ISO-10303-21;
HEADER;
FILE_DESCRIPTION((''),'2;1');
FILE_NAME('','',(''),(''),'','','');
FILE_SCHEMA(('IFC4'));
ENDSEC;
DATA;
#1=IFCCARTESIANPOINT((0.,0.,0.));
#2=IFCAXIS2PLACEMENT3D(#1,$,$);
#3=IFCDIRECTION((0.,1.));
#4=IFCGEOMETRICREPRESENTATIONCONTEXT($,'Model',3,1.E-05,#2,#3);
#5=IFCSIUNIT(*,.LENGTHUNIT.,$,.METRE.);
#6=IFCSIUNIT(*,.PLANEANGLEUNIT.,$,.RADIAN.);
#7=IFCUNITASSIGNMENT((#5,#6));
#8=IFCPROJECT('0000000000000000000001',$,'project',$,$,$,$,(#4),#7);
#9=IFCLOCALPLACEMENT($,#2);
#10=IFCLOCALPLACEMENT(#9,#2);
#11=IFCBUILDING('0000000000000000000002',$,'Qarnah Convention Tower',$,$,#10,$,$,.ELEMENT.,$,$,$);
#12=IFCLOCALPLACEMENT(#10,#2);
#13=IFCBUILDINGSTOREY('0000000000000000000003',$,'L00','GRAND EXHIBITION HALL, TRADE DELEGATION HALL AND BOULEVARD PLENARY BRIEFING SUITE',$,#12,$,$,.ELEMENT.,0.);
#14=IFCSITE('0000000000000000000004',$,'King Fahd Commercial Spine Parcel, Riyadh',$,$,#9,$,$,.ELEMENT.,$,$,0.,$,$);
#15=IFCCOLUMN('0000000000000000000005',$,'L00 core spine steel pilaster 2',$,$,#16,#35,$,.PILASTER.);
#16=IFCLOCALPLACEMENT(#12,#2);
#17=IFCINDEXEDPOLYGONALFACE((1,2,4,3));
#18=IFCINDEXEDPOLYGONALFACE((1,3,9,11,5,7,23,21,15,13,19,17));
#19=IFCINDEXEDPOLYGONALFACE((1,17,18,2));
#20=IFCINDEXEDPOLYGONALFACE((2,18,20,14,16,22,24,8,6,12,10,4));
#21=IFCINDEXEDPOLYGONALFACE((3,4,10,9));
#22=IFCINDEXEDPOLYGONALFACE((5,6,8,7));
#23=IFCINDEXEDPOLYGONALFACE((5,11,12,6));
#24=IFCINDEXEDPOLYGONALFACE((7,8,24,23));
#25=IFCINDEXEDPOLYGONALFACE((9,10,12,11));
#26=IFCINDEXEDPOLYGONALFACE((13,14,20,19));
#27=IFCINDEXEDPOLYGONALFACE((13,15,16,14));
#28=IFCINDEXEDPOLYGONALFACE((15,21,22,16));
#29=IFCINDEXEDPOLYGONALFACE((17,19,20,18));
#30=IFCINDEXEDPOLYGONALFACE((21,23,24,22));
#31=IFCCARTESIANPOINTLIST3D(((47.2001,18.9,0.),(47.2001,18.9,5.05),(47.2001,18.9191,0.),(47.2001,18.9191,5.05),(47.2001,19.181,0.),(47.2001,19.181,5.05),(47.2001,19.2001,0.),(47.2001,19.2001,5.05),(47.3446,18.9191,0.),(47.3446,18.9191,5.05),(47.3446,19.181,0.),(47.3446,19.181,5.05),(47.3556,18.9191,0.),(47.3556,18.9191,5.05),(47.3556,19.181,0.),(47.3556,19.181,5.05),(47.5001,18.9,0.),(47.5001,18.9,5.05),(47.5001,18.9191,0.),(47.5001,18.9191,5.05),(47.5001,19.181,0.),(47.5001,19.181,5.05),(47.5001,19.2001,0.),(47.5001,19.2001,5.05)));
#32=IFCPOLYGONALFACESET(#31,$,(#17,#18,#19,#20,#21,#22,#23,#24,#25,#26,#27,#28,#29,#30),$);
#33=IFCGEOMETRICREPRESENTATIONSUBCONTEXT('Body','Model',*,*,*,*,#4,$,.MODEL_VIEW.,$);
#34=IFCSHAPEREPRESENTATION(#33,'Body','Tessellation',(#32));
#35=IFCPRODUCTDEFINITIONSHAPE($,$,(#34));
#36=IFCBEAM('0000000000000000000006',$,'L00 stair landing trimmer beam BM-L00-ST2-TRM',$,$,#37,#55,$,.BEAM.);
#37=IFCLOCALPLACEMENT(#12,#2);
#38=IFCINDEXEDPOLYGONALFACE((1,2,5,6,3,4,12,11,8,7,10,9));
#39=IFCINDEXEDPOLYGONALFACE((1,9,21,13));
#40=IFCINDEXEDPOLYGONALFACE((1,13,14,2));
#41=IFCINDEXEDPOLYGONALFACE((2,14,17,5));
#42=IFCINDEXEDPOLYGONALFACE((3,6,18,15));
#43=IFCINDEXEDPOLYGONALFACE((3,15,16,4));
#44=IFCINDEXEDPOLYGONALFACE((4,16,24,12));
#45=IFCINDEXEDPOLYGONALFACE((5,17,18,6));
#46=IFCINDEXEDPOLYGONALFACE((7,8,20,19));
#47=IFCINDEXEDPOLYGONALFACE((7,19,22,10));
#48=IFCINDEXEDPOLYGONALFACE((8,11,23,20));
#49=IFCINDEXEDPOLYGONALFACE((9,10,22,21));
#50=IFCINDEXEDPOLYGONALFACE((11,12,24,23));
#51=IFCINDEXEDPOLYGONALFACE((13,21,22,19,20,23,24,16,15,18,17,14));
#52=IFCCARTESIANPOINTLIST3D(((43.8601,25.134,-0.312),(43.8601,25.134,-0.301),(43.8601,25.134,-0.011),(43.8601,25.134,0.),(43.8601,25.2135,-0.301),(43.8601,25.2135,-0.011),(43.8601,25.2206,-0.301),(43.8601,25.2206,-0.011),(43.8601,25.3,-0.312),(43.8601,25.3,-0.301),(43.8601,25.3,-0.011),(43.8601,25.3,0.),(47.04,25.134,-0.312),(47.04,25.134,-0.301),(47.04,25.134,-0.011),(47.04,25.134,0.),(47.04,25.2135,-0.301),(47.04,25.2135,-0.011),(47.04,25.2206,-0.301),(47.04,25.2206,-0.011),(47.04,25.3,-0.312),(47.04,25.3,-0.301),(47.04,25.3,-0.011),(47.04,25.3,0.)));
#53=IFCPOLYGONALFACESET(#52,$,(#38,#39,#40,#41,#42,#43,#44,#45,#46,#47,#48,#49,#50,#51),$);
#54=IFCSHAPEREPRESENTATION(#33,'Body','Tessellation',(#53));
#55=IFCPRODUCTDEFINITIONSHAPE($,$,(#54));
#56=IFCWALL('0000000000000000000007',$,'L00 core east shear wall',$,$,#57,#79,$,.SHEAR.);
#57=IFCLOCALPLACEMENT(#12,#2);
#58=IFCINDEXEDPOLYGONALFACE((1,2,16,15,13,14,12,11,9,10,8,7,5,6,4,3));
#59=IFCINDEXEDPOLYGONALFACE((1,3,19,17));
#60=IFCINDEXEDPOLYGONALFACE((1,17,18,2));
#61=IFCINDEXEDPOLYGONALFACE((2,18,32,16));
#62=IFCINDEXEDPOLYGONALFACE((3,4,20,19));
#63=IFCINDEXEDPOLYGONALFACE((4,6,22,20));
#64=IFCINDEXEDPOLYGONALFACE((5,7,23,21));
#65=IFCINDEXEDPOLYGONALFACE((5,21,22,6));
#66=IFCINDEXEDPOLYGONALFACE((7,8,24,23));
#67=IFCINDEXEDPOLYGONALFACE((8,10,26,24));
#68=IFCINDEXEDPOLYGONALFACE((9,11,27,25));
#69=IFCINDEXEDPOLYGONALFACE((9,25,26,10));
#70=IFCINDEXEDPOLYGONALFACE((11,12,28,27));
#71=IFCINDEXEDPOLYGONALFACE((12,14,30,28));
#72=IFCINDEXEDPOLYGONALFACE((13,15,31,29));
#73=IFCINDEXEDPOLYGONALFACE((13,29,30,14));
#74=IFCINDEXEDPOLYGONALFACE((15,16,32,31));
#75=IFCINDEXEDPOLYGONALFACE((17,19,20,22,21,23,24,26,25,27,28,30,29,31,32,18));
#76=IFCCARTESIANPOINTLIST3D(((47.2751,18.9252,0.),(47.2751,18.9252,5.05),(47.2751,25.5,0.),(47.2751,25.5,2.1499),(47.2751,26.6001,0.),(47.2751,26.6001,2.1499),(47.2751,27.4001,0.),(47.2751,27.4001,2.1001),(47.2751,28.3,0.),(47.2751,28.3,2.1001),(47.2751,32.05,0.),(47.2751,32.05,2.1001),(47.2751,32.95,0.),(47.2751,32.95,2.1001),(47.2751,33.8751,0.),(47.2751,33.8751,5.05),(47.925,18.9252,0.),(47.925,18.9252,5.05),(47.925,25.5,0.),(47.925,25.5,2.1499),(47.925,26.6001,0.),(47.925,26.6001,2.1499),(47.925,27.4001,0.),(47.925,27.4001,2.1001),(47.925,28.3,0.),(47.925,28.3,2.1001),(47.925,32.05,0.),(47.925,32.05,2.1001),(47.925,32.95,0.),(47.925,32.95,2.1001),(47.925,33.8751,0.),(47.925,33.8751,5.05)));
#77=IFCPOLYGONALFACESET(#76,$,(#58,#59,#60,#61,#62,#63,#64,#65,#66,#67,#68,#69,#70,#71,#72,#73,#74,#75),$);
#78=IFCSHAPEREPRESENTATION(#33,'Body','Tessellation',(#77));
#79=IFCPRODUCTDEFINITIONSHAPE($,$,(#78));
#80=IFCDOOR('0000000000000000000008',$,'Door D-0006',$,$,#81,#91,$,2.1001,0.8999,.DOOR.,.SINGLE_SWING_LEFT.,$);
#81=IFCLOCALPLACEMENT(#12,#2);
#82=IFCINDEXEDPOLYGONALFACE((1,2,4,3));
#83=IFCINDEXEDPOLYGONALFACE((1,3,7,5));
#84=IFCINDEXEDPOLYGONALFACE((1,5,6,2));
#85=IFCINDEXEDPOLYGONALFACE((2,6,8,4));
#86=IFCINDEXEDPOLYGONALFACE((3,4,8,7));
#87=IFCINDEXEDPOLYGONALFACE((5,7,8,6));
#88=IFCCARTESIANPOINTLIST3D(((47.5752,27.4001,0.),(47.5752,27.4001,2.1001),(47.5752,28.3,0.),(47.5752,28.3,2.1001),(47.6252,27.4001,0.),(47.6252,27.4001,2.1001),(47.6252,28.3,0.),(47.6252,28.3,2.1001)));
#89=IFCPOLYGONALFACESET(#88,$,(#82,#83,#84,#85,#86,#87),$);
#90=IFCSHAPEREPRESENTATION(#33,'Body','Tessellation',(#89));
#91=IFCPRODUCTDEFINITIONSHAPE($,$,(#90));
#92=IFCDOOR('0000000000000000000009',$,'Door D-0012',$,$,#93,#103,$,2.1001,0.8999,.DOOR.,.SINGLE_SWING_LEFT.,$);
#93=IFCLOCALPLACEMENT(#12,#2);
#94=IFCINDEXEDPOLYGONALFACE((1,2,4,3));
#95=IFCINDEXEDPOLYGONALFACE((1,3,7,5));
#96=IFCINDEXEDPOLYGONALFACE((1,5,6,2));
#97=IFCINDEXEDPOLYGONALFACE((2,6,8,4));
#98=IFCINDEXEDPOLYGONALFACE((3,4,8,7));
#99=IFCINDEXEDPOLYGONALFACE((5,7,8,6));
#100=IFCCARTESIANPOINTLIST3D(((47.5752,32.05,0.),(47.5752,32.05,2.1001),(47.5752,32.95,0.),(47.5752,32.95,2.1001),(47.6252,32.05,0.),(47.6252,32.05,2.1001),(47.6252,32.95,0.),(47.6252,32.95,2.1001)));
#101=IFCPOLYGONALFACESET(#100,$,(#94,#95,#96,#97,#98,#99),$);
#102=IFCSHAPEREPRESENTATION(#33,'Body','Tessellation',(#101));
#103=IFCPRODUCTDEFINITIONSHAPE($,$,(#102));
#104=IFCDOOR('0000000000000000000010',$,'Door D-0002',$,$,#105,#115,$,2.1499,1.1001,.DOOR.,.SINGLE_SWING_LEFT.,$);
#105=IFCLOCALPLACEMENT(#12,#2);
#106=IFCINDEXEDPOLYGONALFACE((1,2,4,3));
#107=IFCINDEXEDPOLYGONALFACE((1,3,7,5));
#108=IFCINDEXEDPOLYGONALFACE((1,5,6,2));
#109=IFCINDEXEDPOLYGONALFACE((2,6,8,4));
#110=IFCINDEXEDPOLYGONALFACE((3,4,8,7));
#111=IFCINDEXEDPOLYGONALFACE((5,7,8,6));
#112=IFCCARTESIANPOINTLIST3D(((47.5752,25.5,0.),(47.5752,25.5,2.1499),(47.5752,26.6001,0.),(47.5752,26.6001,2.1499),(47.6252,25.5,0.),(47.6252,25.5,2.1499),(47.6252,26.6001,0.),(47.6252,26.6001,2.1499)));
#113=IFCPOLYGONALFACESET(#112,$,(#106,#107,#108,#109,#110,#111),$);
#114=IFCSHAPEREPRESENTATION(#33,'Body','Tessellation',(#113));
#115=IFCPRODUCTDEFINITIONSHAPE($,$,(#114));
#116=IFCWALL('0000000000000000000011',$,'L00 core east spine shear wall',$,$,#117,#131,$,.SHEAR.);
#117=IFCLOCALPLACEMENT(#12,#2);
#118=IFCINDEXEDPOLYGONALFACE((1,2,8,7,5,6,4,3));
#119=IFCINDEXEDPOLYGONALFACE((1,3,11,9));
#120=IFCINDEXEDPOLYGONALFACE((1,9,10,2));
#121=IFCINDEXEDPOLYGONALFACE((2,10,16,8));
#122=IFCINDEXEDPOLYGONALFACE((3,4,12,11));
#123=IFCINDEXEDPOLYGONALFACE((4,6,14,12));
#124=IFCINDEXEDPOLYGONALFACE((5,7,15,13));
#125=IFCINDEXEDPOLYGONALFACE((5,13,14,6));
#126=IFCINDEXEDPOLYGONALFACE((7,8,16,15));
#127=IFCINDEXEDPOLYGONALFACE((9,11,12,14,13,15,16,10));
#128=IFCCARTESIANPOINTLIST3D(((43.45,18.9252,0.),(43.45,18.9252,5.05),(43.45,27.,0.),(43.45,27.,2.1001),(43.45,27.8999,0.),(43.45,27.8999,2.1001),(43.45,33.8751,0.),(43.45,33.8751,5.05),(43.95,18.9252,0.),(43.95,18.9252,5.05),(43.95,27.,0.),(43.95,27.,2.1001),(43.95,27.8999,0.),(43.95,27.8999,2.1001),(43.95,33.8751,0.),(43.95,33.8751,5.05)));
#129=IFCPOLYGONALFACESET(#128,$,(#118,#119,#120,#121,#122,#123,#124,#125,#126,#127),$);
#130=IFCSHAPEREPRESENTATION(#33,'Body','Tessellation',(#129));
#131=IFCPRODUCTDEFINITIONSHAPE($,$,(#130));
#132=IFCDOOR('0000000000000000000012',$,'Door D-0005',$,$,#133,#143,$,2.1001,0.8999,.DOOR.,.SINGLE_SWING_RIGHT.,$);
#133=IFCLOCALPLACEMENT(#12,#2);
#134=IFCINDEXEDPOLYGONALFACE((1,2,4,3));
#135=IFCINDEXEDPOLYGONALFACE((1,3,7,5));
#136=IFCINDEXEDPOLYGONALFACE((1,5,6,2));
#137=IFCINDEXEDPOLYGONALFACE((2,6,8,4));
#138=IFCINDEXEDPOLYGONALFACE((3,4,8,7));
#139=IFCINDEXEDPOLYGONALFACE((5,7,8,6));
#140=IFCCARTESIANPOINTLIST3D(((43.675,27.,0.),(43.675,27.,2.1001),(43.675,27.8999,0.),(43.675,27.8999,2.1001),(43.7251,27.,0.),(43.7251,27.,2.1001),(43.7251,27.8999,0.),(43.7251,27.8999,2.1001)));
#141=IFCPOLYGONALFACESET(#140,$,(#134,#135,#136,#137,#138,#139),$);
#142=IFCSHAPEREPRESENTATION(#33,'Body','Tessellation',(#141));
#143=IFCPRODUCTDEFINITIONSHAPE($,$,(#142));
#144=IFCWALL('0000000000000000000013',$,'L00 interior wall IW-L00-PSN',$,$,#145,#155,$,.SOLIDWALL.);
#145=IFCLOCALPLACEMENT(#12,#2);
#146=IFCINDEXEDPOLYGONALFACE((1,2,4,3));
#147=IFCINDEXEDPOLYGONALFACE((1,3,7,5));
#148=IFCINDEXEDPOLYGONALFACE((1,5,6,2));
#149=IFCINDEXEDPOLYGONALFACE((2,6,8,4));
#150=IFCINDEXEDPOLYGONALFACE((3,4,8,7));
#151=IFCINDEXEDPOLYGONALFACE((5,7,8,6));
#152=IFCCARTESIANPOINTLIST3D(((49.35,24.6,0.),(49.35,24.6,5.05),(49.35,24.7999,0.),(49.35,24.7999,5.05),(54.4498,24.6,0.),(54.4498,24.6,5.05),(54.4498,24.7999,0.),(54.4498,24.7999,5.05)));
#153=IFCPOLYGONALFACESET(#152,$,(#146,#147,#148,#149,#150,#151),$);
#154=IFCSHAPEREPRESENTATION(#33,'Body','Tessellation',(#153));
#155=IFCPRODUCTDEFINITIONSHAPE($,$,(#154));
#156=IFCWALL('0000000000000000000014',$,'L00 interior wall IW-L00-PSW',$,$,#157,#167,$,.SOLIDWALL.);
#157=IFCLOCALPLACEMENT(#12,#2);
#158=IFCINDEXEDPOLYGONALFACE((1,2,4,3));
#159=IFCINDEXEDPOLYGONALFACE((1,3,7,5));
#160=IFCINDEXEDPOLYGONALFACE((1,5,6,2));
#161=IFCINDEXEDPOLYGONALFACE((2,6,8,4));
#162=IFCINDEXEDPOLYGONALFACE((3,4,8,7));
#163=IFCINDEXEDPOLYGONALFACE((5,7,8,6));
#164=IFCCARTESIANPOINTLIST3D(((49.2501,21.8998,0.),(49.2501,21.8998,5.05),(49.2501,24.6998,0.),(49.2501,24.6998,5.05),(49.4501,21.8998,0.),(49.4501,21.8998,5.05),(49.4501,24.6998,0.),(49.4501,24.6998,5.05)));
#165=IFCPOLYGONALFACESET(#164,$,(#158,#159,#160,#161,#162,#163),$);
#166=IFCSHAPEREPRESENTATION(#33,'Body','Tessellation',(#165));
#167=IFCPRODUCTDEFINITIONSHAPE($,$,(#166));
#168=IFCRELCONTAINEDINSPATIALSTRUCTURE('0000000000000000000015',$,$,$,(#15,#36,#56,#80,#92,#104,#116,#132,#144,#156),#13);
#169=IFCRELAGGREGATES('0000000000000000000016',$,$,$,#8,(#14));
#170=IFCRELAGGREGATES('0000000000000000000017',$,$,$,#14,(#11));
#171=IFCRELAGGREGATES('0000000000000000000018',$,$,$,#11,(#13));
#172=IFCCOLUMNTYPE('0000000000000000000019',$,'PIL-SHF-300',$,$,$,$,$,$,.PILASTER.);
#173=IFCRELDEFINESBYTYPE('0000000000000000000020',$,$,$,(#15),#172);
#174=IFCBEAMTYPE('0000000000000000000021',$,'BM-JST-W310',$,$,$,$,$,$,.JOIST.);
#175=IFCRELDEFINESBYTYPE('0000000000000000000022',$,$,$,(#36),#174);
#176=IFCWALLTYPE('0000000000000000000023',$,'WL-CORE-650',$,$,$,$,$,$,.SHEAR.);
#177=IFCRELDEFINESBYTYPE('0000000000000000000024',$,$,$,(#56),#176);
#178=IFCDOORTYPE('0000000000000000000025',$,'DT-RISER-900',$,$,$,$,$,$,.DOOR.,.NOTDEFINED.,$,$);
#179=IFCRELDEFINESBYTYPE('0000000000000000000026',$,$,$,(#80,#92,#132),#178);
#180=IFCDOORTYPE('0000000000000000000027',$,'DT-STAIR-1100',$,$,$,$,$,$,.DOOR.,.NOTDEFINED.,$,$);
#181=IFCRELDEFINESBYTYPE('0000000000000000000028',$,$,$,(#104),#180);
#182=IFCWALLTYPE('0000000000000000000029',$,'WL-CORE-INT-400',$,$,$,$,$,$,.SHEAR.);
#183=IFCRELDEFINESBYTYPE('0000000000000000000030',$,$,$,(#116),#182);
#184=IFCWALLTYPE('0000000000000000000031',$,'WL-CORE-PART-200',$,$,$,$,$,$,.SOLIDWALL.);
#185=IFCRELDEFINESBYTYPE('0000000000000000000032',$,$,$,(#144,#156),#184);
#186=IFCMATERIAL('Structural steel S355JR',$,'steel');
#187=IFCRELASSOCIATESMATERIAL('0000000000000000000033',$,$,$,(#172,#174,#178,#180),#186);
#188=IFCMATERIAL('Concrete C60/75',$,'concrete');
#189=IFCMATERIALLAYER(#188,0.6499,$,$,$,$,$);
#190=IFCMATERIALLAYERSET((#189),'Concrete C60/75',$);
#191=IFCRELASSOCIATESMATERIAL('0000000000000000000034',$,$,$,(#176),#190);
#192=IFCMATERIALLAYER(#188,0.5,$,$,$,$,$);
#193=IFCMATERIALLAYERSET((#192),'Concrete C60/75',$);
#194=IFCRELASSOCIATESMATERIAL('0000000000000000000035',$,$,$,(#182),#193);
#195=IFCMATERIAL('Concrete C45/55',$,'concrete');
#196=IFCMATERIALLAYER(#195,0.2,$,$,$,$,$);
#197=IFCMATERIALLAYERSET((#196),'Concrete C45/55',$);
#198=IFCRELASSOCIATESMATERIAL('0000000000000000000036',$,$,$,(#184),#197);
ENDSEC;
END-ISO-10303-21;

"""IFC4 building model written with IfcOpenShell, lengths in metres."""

from ifc_helpers import new_model, si_unit, direction, frame, frame_2d, origin, origin_2d, place, context, subcontext, project, spatial, rectangle, i_section, extrude, material, layer, layer_set, material_profile, profile_set, type_object, element, fill, save


model = new_model("IFC4")

# Units and contexts
model_context = context("Model", 3, precision=1e-05, world=origin(), true_north=direction((0.0, 1.0)))
body_context = subcontext(model_context, "Body", "Model", "MODEL_VIEW")
ifc_project = project(units=[si_unit("LENGTHUNIT", "METRE"), si_unit("PLANEANGLEUNIT", "RADIAN")], contexts=[model_context])

# Site, building, storey
site_placement = place(None, origin())
site = spatial("IfcSite", under=ifc_project, at=site_placement, Name="King Fahd Commercial Spine Parcel, Riyadh", CompositionType="ELEMENT", RefElevation=0.0)
building_placement = place(site_placement, origin())
building = spatial("IfcBuilding", under=site, at=building_placement, Name="Qarnah Convention Tower", CompositionType="ELEMENT")
storey_placement = place(building_placement, origin())
storey = spatial("IfcBuildingStorey", under=building, at=storey_placement, Name="L00", Description="GRAND EXHIBITION HALL, TRADE DELEGATION HALL AND BOULEVARD PLENARY BRIEFING SUITE", CompositionType="ELEMENT", Elevation=0.0)

# Column
ifc_material_1 = material(Name="Structural steel S355JR", Category="steel")
ifc_material_profile_1 = material_profile(ifc_material_1, i_section(OverallWidth=0.3, OverallDepth=0.3, WebThickness=0.011, FlangeThickness=0.019, at=origin_2d()), Name="HEB300")
ifc_profile_set_1 = profile_set([ifc_material_profile_1], Name="Structural steel S355JR")
column_type = type_object("IfcColumnType", Name="PIL-SHF-300", PredefinedType="PILASTER", material=ifc_profile_set_1)
column_placement = place(storey_placement, frame((47.3501, 19.05, 0.0), z_axis=(0.0, 0.0, 1.0), x_axis=(1.0, 0.0, 0.0)))
element("IfcColumn", 1, at=column_placement, inside=storey, type_object=column_type, Name="L00 core spine steel pilaster 2", PredefinedType="PILASTER", context=body_context, shape_type="SweptSolid", body=[
    extrude(i_section(OverallWidth=0.3, OverallDepth=0.3, WebThickness=0.011, FlangeThickness=0.019, at=origin_2d()), origin(), (0.0, 0.0, 1.0), 5.05),
])

# Beam
ifc_material_profile_2 = material_profile(ifc_material_1, i_section(OverallWidth=0.166, OverallDepth=0.312, WebThickness=0.0071, FlangeThickness=0.011, at=origin_2d()), Name="W310X45")
ifc_profile_set_2 = profile_set([ifc_material_profile_2], Name="Structural steel S355JR")
beam_type = type_object("IfcBeamType", Name="BM-JST-W310", PredefinedType="JOIST", material=ifc_profile_set_2)
beam_placement = place(storey_placement, frame((43.8601, 25.217, -0.156), z_axis=(1.0, 0.0, 0.0), x_axis=(0.0, 1.0, 0.0)))
element("IfcBeam", 2, at=beam_placement, inside=storey, type_object=beam_type, Name="L00 stair landing trimmer beam BM-L00-ST2-TRM", PredefinedType="BEAM", context=body_context, shape_type="SweptSolid", body=[
    extrude(i_section(OverallWidth=0.166, OverallDepth=0.312, WebThickness=0.0071, FlangeThickness=0.011, at=origin_2d()), origin(), (0.0, 0.0, 1.0), 3.1799),
])

# Wall, openings, doors
ifc_material_2 = material(Name="Concrete C60/75", Category="concrete")
ifc_layer_1 = layer(ifc_material_2, 0.6499)
ifc_layer_set_1 = layer_set([ifc_layer_1], Name="Concrete C60/75")
wall_type_1 = type_object("IfcWallType", Name="WL-CORE-650", PredefinedType="SHEAR", material=ifc_layer_set_1)
wall_1_placement = place(storey_placement, frame((47.6001, 18.925, 0.0), z_axis=(0.0, 0.0, 1.0), x_axis=(0.0, 1.0, 0.0)))
wall_1 = element("IfcWall", 3, at=wall_1_placement, inside=storey, type_object=wall_type_1, Name="L00 core east shear wall", PredefinedType="SHEAR", context=body_context, shape_type="SweptSolid", body=[
    extrude(rectangle(XDim=14.95, YDim=0.6499, at=frame_2d((7.4751, 0.0))), origin(), (0.0, 0.0, 1.0), 5.05),
])
opening_1_placement = place(wall_1_placement, frame((6.575, 0.0, 0.0)))
opening_1 = element("IfcOpeningElement", 4, at=opening_1_placement, cuts=wall_1, PredefinedType="OPENING", context=body_context, shape_type="SweptSolid", body=[
    extrude(rectangle(XDim=1.1001, YDim=2.1499, at=frame_2d((0.55, 1.075))), frame((0.0, 0.335, 0.0), z_axis=(0.0, -1.0, 0.0), x_axis=(1.0, 0.0, 0.0)), (0.0, 0.0, 1.0), 0.6699),
])
opening_2_placement = place(wall_1_placement, frame((8.4751, 0.0, 0.0)))
opening_2 = element("IfcOpeningElement", 5, at=opening_2_placement, cuts=wall_1, PredefinedType="OPENING", context=body_context, shape_type="SweptSolid", body=[
    extrude(rectangle(XDim=0.8999, YDim=2.1001, at=frame_2d((0.45, 1.05))), frame((0.0, 0.335, 0.0), z_axis=(0.0, -1.0, 0.0), x_axis=(1.0, 0.0, 0.0)), (0.0, 0.0, 1.0), 0.6699),
])
opening_3_placement = place(wall_1_placement, frame((13.125, 0.0, 0.0)))
opening_3 = element("IfcOpeningElement", 6, at=opening_3_placement, cuts=wall_1, PredefinedType="OPENING", context=body_context, shape_type="SweptSolid", body=[
    extrude(rectangle(XDim=0.8999, YDim=2.1001, at=frame_2d((0.45, 1.05))), frame((0.0, 0.335, 0.0), z_axis=(0.0, -1.0, 0.0), x_axis=(1.0, 0.0, 0.0)), (0.0, 0.0, 1.0), 0.6699),
])
door_type_1 = type_object("IfcDoorType", Name="DT-RISER-900", OperationType="NOTDEFINED", PredefinedType="DOOR", material=ifc_material_1)
door_1_placement = place(opening_2_placement, origin())
door_1 = element("IfcDoor", 7, at=door_1_placement, inside=storey, type_object=door_type_1, Name="Door D-0006", OperationType="SINGLE_SWING_LEFT", OverallHeight=2.1001, OverallWidth=0.8999, PredefinedType="DOOR", context=body_context, shape_type="SweptSolid", body=[
    extrude(rectangle(XDim=0.8999, YDim=2.1001, at=frame_2d((0.45, 1.05))), frame((0.0, 0.0249, 0.0), z_axis=(0.0, -1.0, 0.0), x_axis=(1.0, 0.0, 0.0)), (0.0, 0.0, 1.0), 0.05),
])
fill(opening_2, door_1)
door_2_placement = place(opening_3_placement, origin())
door_2 = element("IfcDoor", 8, at=door_2_placement, inside=storey, type_object=door_type_1, Name="Door D-0012", OperationType="SINGLE_SWING_LEFT", OverallHeight=2.1001, OverallWidth=0.8999, PredefinedType="DOOR", context=body_context, shape_type="SweptSolid", body=[
    extrude(rectangle(XDim=0.8999, YDim=2.1001, at=frame_2d((0.45, 1.05))), frame((0.0, 0.0249, 0.0), z_axis=(0.0, -1.0, 0.0), x_axis=(1.0, 0.0, 0.0)), (0.0, 0.0, 1.0), 0.05),
])
fill(opening_3, door_2)
door_type_2 = type_object("IfcDoorType", Name="DT-STAIR-1100", OperationType="NOTDEFINED", PredefinedType="DOOR", material=ifc_material_1)
door_3_placement = place(opening_1_placement, origin())
door_3 = element("IfcDoor", 9, at=door_3_placement, inside=storey, type_object=door_type_2, Name="Door D-0002", OperationType="SINGLE_SWING_LEFT", OverallHeight=2.1499, OverallWidth=1.1001, PredefinedType="DOOR", context=body_context, shape_type="SweptSolid", body=[
    extrude(rectangle(XDim=1.1001, YDim=2.1499, at=frame_2d((0.55, 1.075))), frame((0.0, 0.0249, 0.0), z_axis=(0.0, -1.0, 0.0), x_axis=(1.0, 0.0, 0.0)), (0.0, 0.0, 1.0), 0.05),
])
fill(opening_1, door_3)

# Wall, opening, door
ifc_layer_2 = layer(ifc_material_2, 0.5)
ifc_layer_set_2 = layer_set([ifc_layer_2], Name="Concrete C60/75")
wall_type_2 = type_object("IfcWallType", Name="WL-CORE-INT-400", PredefinedType="SHEAR", material=ifc_layer_set_2)
wall_2_placement = place(storey_placement, frame((43.7, 18.925, 0.0), z_axis=(0.0, 0.0, 1.0), x_axis=(0.0, 1.0, 0.0)))
wall_2 = element("IfcWall", 10, at=wall_2_placement, inside=storey, type_object=wall_type_2, Name="L00 core east spine shear wall", PredefinedType="SHEAR", context=body_context, shape_type="SweptSolid", body=[
    extrude(rectangle(XDim=14.95, YDim=0.5, at=frame_2d((7.4751, 0.0))), origin(), (0.0, 0.0, 1.0), 5.05),
])
opening_4_placement = place(wall_2_placement, frame((8.075, 0.0, 0.0)))
opening_4 = element("IfcOpeningElement", 11, at=opening_4_placement, cuts=wall_2, PredefinedType="OPENING", context=body_context, shape_type="SweptSolid", body=[
    extrude(rectangle(XDim=0.8999, YDim=2.1001, at=frame_2d((0.45, 1.05))), frame((0.0, 0.26, 0.0), z_axis=(0.0, -1.0, 0.0), x_axis=(1.0, 0.0, 0.0)), (0.0, 0.0, 1.0), 0.52),
])
door_4_placement = place(opening_4_placement, origin())
door_4 = element("IfcDoor", 12, at=door_4_placement, inside=storey, type_object=door_type_1, Name="Door D-0005", OperationType="SINGLE_SWING_RIGHT", OverallHeight=2.1001, OverallWidth=0.8999, PredefinedType="DOOR", context=body_context, shape_type="SweptSolid", body=[
    extrude(rectangle(XDim=0.8999, YDim=2.1001, at=frame_2d((0.45, 1.05))), frame((0.0, 0.0249, 0.0), z_axis=(0.0, -1.0, 0.0), x_axis=(1.0, 0.0, 0.0)), (0.0, 0.0, 1.0), 0.05),
])
fill(opening_4, door_4)

# Wall
ifc_material_3 = material(Name="Concrete C45/55", Category="concrete")
ifc_layer_3 = layer(ifc_material_3, 0.2)
ifc_layer_set_3 = layer_set([ifc_layer_3], Name="Concrete C45/55")
wall_type_3 = type_object("IfcWallType", Name="WL-CORE-PART-200", PredefinedType="SOLIDWALL", material=ifc_layer_set_3)
wall_3_placement = place(storey_placement, frame((49.3501, 24.7, 0.0), z_axis=(0.0, 0.0, 1.0), x_axis=(1.0, 0.0, 0.0)))
element("IfcWall", 13, at=wall_3_placement, inside=storey, type_object=wall_type_3, Name="L00 interior wall IW-L00-PSN", PredefinedType="SOLIDWALL", context=body_context, shape_type="SweptSolid", body=[
    extrude(rectangle(XDim=5.0999, YDim=0.2, at=frame_2d((2.5498, 0.0))), origin(), (0.0, 0.0, 1.0), 5.05),
])

# Wall
wall_4_placement = place(storey_placement, frame((49.3501, 21.8999, 0.0), z_axis=(0.0, 0.0, 1.0), x_axis=(0.0, 1.0, 0.0)))
element("IfcWall", 14, at=wall_4_placement, inside=storey, type_object=wall_type_3, Name="L00 interior wall IW-L00-PSW", PredefinedType="SOLIDWALL", context=body_context, shape_type="SweptSolid", body=[
    extrude(rectangle(XDim=2.8, YDim=0.2, at=frame_2d((1.3999, 0.0))), origin(), (0.0, 0.0, 1.0), 5.05),
])

save(model, "model.ifc")
